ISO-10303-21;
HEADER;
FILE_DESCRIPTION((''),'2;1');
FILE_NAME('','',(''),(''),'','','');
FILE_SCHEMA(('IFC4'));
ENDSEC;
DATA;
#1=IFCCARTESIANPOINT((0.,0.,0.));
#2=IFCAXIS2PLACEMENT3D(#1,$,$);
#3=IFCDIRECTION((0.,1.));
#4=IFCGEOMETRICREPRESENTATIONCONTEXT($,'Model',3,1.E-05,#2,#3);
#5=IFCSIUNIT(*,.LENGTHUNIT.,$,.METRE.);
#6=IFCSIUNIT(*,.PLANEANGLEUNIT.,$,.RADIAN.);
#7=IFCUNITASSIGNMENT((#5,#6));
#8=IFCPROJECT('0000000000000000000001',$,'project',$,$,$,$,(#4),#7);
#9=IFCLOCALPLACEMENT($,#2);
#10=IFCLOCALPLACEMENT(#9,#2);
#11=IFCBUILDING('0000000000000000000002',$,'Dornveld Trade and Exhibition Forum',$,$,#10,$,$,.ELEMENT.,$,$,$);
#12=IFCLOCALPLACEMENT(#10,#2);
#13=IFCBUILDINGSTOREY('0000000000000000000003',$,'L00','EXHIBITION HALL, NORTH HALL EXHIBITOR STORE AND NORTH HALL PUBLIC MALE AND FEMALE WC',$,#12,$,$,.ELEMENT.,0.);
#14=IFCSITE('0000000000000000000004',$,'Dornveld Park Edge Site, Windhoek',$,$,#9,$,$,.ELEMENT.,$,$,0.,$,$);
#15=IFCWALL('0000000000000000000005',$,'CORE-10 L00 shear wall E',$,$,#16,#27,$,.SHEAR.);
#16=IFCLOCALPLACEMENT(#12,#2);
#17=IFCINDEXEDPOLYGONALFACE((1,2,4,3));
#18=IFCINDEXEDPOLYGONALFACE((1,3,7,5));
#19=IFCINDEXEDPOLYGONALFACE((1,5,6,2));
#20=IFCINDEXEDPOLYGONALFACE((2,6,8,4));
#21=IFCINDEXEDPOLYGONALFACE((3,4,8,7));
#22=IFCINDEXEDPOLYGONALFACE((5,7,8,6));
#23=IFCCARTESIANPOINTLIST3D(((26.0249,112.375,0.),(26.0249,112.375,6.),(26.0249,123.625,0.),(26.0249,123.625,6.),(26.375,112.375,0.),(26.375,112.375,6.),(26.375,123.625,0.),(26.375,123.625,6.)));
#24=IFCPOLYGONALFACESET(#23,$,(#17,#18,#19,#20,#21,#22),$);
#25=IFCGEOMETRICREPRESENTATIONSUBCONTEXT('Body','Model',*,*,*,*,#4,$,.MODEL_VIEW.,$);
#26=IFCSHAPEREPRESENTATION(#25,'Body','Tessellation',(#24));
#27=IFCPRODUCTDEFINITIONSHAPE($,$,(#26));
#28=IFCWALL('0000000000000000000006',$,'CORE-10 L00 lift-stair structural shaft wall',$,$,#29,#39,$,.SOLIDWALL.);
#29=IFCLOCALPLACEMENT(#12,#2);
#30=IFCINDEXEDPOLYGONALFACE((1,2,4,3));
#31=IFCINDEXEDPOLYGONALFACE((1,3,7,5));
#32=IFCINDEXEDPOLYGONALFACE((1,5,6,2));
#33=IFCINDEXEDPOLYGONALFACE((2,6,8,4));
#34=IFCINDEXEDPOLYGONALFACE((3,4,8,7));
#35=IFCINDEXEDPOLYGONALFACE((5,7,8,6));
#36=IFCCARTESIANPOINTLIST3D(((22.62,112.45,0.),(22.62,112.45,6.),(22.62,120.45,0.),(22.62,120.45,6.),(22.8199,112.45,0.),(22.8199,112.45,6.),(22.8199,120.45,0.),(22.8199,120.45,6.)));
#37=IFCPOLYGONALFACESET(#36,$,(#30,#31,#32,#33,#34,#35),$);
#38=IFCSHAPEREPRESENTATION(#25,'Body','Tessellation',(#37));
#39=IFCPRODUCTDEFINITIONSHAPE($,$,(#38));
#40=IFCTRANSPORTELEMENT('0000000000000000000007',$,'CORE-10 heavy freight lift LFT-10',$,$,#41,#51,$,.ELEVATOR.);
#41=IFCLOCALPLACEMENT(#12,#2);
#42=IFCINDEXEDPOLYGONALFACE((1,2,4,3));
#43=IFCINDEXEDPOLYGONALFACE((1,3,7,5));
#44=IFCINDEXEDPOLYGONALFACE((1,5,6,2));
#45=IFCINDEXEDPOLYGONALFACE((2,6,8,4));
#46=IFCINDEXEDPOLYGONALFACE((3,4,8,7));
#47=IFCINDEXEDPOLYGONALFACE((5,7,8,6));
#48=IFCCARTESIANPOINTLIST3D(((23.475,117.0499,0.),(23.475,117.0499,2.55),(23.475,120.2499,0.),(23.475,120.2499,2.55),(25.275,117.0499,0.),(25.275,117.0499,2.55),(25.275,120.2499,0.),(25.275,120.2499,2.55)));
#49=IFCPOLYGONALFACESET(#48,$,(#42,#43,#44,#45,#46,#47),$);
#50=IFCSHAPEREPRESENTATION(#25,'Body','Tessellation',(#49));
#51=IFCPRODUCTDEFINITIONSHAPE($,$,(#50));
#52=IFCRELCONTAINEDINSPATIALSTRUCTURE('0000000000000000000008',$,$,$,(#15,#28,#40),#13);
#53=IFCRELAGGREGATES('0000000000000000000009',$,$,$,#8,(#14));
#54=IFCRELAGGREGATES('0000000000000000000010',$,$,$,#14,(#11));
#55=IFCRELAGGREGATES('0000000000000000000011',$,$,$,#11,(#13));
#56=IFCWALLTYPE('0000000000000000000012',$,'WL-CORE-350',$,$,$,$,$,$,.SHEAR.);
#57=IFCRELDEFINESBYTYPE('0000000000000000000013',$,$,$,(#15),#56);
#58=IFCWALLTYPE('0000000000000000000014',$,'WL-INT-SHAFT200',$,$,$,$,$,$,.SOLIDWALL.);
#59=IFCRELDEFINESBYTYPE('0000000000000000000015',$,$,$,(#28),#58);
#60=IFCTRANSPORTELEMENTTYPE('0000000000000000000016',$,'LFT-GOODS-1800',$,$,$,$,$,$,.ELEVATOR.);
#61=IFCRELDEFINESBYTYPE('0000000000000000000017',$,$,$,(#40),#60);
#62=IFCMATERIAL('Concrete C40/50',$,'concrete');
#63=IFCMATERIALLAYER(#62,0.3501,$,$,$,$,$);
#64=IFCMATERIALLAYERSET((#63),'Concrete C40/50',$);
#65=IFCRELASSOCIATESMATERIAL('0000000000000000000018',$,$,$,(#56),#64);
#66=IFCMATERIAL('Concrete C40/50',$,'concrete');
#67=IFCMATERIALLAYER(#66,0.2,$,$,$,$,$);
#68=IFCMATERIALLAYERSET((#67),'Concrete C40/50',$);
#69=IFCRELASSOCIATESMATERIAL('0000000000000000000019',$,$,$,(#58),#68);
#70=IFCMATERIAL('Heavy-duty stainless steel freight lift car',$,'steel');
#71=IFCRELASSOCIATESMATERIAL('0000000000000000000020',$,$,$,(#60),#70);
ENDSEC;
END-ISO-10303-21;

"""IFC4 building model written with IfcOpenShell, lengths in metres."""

from ifc_helpers import new_model, si_unit, direction, frame, frame_2d, origin, origin_2d, place, context, subcontext, project, spatial, rectangle, extrude, material, layer, layer_set, type_object, element, save


model = new_model("IFC4")

# Units and contexts
model_context = context("Model", 3, precision=1e-05, world=origin(), true_north=direction((0.0, 1.0)))
body_context = subcontext(model_context, "Body", "Model", "MODEL_VIEW")
ifc_project = project(units=[si_unit("LENGTHUNIT", "METRE"), si_unit("PLANEANGLEUNIT", "RADIAN")], contexts=[model_context])

# Site, building, storey
site_placement = place(None, origin())
site = spatial("IfcSite", under=ifc_project, at=site_placement, Name="Dornveld Park Edge Site, Windhoek", CompositionType="ELEMENT", RefElevation=0.0)
building_placement = place(site_placement, origin())
building = spatial("IfcBuilding", under=site, at=building_placement, Name="Dornveld Trade and Exhibition Forum", CompositionType="ELEMENT")
storey_placement = place(building_placement, origin())
storey = spatial("IfcBuildingStorey", under=building, at=storey_placement, Name="L00", Description="EXHIBITION HALL, NORTH HALL EXHIBITOR STORE AND NORTH HALL PUBLIC MALE AND FEMALE WC", CompositionType="ELEMENT", Elevation=0.0)

# Walls
ifc_material_1 = material(Name="Concrete C40/50", Category="concrete")
ifc_layer_1 = layer(ifc_material_1, 0.3501)
ifc_layer_set_1 = layer_set([ifc_layer_1], Name="Concrete C40/50")
wall_type_1 = type_object("IfcWallType", Name="WL-CORE-350", PredefinedType="SHEAR", material=ifc_layer_set_1)
wall_1_placement = place(storey_placement, frame((26.2, 112.375, 0.0), z_axis=(0.0, 0.0, 1.0), x_axis=(0.0, 1.0, 0.0)))
element("IfcWall", 1, at=wall_1_placement, inside=storey, type_object=wall_type_1, Name="CORE-10 L00 shear wall E", PredefinedType="SHEAR", context=body_context, shape_type="SweptSolid", body=[
    extrude(rectangle(XDim=11.25, YDim=0.3501, at=frame_2d((5.625, 0.0))), origin(), (0.0, 0.0, 1.0), 6.0),
])
ifc_material_2 = material(Name="Concrete C40/50", Category="concrete")
ifc_layer_2 = layer(ifc_material_2, 0.2)
ifc_layer_set_2 = layer_set([ifc_layer_2], Name="Concrete C40/50")
wall_type_2 = type_object("IfcWallType", Name="WL-INT-SHAFT200", PredefinedType="SOLIDWALL", material=ifc_layer_set_2)
wall_2_placement = place(storey_placement, frame((22.72, 112.45, 0.0), z_axis=(0.0, 0.0, 1.0), x_axis=(0.0, 1.0, 0.0)))
element("IfcWall", 2, at=wall_2_placement, inside=storey, type_object=wall_type_2, Name="CORE-10 L00 lift-stair structural shaft wall", PredefinedType="SOLIDWALL", context=body_context, shape_type="SweptSolid", body=[
    extrude(rectangle(XDim=8.0, YDim=0.2, at=frame_2d((4.0, 0.0))), origin(), (0.0, 0.0, 1.0), 6.0),
])

# Transport element
ifc_material_3 = material(Name="Heavy-duty stainless steel freight lift car", Category="steel")
transport_element_type = type_object("IfcTransportElementType", Name="LFT-GOODS-1800", PredefinedType="ELEVATOR", material=ifc_material_3)
transport_element_placement = place(storey_placement, frame((24.375, 118.6499, 0.0), z_axis=(0.0, 0.0, 1.0), x_axis=(1.0, 0.0, 0.0)))
element("IfcTransportElement", 3, at=transport_element_placement, inside=storey, type_object=transport_element_type, Name="CORE-10 heavy freight lift LFT-10", PredefinedType="ELEVATOR", context=body_context, shape_type="SweptSolid", body=[
    extrude(rectangle(XDim=1.8, YDim=3.2, at=origin_2d()), origin(), (0.0, 0.0, 1.0), 2.55),
])

save(model, "model.ifc")
